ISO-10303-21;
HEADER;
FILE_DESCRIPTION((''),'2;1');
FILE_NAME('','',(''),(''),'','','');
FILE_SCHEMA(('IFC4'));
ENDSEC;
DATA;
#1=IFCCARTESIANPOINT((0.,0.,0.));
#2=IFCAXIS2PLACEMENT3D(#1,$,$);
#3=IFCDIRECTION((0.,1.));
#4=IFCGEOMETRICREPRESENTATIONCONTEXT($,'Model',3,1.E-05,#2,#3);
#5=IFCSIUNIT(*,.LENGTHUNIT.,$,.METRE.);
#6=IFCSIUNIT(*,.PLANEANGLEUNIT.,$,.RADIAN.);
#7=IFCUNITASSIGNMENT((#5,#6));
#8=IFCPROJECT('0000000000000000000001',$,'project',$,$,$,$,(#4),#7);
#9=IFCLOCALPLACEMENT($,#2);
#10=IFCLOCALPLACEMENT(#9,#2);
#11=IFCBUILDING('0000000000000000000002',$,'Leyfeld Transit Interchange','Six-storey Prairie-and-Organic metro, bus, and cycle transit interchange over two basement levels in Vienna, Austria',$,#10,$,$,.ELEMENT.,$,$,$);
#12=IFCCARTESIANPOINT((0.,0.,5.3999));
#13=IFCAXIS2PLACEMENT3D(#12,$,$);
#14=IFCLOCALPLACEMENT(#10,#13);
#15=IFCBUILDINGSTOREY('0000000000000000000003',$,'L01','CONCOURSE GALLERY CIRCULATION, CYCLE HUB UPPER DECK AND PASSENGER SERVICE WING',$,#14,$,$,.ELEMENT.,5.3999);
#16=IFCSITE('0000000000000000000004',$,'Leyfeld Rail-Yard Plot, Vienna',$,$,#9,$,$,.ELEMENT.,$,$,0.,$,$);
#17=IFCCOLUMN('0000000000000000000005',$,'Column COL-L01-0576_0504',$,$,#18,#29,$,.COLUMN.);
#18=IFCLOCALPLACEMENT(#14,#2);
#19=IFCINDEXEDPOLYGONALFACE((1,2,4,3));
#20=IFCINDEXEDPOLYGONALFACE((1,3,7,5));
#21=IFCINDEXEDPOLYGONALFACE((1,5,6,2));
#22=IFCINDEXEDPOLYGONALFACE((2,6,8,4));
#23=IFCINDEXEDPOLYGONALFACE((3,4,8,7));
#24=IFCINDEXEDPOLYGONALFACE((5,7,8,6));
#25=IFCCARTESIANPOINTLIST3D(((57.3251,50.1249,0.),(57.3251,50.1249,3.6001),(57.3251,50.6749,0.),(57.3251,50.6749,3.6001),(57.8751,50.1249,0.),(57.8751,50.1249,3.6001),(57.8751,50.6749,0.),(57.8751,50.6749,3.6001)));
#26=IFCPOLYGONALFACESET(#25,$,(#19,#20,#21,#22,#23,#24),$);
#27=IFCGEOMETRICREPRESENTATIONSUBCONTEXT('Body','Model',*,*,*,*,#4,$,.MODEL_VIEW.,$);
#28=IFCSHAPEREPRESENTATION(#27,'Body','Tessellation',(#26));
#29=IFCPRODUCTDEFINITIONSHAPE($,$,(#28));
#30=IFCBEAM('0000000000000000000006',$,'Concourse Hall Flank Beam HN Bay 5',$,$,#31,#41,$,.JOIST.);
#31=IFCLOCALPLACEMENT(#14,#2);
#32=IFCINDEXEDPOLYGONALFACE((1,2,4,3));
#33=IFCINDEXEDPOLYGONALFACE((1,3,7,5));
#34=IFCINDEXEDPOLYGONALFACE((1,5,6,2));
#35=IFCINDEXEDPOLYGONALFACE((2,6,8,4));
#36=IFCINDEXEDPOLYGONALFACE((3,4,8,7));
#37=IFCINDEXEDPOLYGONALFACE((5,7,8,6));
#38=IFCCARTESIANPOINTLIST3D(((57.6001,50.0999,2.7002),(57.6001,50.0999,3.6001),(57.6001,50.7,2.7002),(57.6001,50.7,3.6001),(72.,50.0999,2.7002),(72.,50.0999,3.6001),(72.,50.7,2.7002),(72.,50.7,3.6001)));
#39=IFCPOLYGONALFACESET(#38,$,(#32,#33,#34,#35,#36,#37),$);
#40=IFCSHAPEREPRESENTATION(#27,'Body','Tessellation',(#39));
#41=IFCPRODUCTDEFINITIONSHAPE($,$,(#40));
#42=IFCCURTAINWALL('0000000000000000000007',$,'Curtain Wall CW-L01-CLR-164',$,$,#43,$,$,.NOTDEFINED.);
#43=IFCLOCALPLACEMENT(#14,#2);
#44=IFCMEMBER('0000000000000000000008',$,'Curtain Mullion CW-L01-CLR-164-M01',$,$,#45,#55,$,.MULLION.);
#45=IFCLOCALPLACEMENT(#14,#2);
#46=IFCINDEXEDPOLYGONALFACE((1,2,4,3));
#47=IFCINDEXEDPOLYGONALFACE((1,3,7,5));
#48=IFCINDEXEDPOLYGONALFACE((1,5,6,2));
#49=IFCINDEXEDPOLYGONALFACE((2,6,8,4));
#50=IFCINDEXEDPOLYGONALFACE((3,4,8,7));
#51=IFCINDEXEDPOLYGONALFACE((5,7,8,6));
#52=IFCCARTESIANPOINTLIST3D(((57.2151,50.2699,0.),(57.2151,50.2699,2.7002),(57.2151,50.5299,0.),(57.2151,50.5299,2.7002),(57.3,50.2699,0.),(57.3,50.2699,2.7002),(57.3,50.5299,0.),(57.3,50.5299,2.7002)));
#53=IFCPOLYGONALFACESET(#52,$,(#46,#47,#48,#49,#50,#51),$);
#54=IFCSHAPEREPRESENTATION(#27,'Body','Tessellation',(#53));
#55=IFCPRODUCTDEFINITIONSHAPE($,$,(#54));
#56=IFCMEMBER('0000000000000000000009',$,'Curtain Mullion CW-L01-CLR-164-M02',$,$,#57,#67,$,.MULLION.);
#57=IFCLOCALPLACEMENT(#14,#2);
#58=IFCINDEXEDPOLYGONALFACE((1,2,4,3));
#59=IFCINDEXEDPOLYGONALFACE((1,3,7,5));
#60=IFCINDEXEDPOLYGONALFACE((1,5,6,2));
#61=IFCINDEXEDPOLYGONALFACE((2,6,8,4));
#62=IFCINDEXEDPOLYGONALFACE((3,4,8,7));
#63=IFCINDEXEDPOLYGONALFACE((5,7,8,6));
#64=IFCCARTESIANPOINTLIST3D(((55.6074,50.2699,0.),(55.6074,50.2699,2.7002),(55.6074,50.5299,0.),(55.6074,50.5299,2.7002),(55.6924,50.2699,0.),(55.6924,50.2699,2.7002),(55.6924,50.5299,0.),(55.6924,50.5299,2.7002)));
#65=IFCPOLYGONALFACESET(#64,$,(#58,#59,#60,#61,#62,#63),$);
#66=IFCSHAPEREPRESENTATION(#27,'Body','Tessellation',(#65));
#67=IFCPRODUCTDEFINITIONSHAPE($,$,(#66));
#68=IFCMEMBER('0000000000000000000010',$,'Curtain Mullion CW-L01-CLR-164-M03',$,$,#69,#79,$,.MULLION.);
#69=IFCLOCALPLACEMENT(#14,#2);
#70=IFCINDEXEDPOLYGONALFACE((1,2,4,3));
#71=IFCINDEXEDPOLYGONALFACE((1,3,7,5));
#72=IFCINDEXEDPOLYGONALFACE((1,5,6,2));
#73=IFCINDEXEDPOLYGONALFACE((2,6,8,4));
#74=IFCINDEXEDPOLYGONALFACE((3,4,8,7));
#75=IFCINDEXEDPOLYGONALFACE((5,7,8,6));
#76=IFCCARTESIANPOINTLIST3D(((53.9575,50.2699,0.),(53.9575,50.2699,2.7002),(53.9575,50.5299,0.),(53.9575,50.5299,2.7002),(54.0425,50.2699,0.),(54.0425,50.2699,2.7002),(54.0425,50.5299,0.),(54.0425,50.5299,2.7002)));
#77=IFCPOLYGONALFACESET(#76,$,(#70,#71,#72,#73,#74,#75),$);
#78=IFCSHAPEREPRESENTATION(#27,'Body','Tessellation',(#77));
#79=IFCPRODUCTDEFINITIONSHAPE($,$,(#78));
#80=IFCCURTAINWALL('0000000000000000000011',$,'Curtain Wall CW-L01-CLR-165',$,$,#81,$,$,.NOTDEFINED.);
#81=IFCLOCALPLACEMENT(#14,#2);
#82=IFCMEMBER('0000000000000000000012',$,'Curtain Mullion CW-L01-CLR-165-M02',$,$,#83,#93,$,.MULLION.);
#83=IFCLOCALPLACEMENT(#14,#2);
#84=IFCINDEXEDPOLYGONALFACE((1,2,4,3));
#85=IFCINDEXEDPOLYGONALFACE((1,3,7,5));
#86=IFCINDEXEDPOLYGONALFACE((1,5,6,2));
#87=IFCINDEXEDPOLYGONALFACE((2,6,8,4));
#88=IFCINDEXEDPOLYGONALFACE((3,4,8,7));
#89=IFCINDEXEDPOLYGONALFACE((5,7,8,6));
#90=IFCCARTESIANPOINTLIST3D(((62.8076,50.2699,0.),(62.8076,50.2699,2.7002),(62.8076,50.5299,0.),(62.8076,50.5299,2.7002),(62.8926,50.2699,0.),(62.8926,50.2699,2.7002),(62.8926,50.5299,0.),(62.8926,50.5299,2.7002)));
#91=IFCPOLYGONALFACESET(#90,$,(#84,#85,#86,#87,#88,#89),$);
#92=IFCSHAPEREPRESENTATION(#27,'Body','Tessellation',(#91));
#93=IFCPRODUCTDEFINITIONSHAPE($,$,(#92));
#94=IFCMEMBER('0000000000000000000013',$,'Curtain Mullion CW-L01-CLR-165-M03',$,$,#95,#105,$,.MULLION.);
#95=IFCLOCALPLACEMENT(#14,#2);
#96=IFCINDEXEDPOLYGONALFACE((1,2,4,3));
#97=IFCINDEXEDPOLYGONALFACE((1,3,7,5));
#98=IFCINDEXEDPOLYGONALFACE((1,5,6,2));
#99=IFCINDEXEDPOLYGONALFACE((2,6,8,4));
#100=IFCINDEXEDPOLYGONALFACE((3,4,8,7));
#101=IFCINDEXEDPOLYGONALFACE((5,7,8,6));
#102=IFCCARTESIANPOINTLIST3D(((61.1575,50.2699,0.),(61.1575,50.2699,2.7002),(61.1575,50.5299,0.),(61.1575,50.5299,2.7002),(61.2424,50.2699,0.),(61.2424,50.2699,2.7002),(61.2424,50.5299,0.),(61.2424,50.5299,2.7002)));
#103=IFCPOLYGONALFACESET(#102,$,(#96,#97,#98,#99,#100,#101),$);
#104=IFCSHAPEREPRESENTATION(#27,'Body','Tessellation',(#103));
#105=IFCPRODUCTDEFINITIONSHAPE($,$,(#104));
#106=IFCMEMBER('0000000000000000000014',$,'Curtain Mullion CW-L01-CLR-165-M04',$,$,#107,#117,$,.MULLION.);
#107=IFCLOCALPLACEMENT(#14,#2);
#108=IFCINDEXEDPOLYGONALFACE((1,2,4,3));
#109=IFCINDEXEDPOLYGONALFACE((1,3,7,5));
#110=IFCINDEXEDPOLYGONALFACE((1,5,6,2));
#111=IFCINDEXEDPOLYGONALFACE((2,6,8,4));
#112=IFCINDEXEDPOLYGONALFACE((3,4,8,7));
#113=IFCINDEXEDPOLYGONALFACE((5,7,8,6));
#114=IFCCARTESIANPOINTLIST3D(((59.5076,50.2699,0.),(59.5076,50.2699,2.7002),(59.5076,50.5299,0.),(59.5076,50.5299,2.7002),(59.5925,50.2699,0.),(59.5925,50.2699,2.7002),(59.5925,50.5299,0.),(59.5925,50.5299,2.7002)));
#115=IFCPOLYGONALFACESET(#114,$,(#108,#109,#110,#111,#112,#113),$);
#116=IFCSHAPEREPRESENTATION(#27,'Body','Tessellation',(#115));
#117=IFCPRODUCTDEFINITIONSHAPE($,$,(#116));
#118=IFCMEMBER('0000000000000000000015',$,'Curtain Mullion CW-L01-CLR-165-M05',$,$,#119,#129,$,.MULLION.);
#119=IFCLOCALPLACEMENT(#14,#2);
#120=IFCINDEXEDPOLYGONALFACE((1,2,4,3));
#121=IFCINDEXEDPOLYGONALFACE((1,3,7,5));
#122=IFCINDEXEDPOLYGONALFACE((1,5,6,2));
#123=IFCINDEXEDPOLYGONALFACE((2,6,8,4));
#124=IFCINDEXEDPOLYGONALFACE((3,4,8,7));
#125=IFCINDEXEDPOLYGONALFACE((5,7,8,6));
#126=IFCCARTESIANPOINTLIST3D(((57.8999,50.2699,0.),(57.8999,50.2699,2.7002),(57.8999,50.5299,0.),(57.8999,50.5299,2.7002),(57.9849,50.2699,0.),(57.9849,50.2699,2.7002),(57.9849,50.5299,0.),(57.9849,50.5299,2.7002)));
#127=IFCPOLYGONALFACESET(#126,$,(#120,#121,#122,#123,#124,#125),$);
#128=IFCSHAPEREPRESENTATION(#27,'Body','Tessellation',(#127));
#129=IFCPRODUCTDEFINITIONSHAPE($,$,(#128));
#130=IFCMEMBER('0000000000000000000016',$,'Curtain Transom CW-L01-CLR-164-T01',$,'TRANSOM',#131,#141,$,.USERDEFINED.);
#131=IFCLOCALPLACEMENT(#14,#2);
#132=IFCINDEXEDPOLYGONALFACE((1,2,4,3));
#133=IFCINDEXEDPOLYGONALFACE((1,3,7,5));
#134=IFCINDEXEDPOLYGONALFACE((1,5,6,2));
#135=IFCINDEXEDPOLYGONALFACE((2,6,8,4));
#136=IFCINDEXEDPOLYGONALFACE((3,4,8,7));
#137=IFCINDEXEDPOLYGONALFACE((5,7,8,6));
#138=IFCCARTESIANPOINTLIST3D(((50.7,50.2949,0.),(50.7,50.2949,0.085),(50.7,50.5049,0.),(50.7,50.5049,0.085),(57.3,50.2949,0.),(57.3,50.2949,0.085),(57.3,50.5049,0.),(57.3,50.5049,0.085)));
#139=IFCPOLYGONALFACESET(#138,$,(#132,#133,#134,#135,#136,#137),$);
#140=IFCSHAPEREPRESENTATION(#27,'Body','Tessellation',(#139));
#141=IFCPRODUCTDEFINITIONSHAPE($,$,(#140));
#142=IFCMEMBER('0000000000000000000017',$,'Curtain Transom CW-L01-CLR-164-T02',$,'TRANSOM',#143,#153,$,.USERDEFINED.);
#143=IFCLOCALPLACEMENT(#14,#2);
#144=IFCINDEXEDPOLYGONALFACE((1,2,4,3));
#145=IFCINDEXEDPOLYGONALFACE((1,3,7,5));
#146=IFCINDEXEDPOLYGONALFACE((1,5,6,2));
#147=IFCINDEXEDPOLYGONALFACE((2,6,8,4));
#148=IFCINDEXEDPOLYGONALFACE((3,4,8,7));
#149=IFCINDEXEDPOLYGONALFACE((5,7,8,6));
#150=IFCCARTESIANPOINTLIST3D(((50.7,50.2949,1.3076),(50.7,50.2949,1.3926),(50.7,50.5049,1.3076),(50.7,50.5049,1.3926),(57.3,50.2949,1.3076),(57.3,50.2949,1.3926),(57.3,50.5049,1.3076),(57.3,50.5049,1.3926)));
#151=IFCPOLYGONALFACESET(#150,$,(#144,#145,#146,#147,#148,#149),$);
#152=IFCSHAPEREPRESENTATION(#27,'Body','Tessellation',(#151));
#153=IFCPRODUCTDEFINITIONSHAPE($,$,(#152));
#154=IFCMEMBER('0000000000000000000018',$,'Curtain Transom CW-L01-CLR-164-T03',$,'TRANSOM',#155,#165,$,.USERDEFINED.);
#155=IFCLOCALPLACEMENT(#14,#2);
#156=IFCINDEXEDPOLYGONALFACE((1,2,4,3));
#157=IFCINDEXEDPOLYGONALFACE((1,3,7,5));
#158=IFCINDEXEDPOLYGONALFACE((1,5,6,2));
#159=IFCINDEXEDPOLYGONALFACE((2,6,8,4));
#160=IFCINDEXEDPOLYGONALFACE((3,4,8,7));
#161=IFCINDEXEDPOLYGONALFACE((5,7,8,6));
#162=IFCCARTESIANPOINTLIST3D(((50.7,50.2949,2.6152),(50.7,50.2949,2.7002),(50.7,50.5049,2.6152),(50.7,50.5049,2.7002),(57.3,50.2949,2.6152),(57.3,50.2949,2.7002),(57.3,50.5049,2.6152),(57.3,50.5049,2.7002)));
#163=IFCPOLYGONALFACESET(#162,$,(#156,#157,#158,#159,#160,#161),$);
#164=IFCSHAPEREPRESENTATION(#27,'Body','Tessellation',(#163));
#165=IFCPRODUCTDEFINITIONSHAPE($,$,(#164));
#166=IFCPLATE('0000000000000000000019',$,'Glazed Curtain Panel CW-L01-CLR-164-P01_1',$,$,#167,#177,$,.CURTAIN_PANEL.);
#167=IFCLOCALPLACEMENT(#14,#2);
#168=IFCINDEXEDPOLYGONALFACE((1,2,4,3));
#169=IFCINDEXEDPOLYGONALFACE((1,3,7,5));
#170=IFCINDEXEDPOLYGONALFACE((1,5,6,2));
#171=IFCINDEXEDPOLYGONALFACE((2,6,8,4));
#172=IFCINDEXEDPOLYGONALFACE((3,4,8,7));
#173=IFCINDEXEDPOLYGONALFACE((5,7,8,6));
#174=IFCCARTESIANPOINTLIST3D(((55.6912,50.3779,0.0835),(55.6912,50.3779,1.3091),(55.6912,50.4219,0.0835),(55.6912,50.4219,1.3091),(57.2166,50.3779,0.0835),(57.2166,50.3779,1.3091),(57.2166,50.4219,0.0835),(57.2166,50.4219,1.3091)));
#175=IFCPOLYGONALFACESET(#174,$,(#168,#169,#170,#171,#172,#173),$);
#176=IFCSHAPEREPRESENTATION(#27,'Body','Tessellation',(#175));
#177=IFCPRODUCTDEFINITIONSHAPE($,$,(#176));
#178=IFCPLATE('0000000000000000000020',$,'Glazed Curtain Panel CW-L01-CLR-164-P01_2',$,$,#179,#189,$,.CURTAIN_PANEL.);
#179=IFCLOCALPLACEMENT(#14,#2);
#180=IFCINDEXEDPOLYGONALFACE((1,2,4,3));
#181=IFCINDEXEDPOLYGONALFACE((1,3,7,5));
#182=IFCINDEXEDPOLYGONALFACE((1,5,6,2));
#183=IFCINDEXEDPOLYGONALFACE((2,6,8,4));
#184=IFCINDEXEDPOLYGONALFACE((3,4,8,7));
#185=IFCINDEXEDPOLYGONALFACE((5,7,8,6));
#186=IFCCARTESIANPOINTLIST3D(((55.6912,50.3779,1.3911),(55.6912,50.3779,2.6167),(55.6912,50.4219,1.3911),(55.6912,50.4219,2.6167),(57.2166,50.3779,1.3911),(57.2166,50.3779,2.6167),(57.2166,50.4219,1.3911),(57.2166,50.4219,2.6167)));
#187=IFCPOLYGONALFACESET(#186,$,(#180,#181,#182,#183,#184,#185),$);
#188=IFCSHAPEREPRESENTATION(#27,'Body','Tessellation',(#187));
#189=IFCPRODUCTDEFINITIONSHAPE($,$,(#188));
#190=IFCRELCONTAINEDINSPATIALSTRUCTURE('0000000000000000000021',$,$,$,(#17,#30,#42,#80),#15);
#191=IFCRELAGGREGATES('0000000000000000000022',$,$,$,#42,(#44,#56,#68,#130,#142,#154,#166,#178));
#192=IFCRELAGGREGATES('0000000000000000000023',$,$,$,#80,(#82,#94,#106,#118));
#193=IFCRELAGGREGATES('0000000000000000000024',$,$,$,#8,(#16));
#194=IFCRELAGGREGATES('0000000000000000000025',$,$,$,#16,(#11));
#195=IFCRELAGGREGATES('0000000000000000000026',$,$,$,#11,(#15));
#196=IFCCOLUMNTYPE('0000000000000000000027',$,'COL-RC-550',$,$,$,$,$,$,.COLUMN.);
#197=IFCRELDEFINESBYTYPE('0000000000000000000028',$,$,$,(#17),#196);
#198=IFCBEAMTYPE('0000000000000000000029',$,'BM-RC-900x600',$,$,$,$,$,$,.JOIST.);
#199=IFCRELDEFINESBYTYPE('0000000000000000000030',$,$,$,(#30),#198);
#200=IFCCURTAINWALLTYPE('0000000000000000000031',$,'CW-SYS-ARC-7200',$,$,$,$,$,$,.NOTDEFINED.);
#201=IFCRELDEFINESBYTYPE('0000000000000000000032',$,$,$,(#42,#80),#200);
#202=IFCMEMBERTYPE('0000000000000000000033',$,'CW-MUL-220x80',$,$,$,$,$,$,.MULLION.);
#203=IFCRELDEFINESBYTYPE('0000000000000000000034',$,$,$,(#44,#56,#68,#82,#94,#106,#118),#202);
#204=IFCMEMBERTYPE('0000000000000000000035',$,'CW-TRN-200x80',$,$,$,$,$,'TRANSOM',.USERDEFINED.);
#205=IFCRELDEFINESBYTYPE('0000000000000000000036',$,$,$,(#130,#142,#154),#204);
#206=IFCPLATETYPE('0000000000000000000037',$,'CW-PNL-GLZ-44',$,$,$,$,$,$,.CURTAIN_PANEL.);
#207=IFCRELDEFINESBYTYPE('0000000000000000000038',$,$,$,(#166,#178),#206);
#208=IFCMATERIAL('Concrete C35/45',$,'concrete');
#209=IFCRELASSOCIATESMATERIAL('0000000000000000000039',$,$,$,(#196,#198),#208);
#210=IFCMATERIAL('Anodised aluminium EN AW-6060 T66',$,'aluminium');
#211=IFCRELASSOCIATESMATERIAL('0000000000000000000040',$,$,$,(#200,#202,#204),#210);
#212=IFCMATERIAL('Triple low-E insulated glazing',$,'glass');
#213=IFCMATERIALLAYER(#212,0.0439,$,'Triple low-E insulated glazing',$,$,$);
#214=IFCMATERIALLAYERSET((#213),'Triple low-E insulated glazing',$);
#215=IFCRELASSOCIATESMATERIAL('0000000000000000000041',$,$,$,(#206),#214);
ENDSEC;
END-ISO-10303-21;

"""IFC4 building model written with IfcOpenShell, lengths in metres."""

from ifc_helpers import new_model, si_unit, direction, frame, origin, origin_2d, place, context, subcontext, project, spatial, rectangle, extrude, material, layer, layer_set, material_profile, profile_set, type_object, element, aggregate, save


model = new_model("IFC4")

# Units and contexts
model_context = context("Model", 3, precision=1e-05, world=origin(), true_north=direction((0.0, 1.0)))
body_context = subcontext(model_context, "Body", "Model", "MODEL_VIEW")
ifc_project = project(units=[si_unit("LENGTHUNIT", "METRE"), si_unit("PLANEANGLEUNIT", "RADIAN")], contexts=[model_context])

# Site, building, storey
site_placement = place(None, origin())
site = spatial("IfcSite", under=ifc_project, at=site_placement, Name="Leyfeld Rail-Yard Plot, Vienna", CompositionType="ELEMENT", RefElevation=0.0)
building_placement = place(site_placement, origin())
building = spatial("IfcBuilding", under=site, at=building_placement, Name="Leyfeld Transit Interchange", Description="Six-storey Prairie-and-Organic metro, bus, and cycle transit interchange over two basement levels in Vienna, Austria", CompositionType="ELEMENT")
storey_placement = place(building_placement, frame((0.0, 0.0, 5.3999)))
storey = spatial("IfcBuildingStorey", under=building, at=storey_placement, Name="L01", Description="CONCOURSE GALLERY CIRCULATION, CYCLE HUB UPPER DECK AND PASSENGER SERVICE WING", CompositionType="ELEMENT", Elevation=5.3999)

# Column
ifc_material_1 = material(Name="Concrete C35/45", Category="concrete")
ifc_material_profile_1 = material_profile(ifc_material_1, rectangle(XDim=0.55, YDim=0.55, at=origin_2d()), Name="RC 550x550")
ifc_profile_set_1 = profile_set([ifc_material_profile_1], Name="Concrete C35/45")
column_type = type_object("IfcColumnType", Name="COL-RC-550", PredefinedType="COLUMN", material=ifc_profile_set_1)
column_placement = place(storey_placement, frame((57.6001, 50.3999, 0.0), z_axis=(0.0, 0.0, 1.0), x_axis=(1.0, 0.0, 0.0)))
element("IfcColumn", 1, at=column_placement, inside=storey, type_object=column_type, Name="Column COL-L01-0576_0504", PredefinedType="COLUMN", context=body_context, shape_type="SweptSolid", body=[
    extrude(rectangle(XDim=0.55, YDim=0.55, at=origin_2d()), origin(), (0.0, 0.0, 1.0), 3.6001),
])

# Beam
ifc_material_profile_2 = material_profile(ifc_material_1, rectangle(XDim=0.6001, YDim=0.8999, at=origin_2d()), Name="RC 900x600")
ifc_profile_set_2 = profile_set([ifc_material_profile_2], Name="Concrete C35/45")
beam_type = type_object("IfcBeamType", Name="BM-RC-900x600", PredefinedType="JOIST", material=ifc_profile_set_2)
beam_placement = place(storey_placement, frame((57.6001, 50.3999, 3.1501), z_axis=(1.0, 0.0, 0.0), x_axis=(0.0, 1.0, 0.0)))
element("IfcBeam", 2, at=beam_placement, inside=storey, type_object=beam_type, Name="Concourse Hall Flank Beam HN Bay 5", PredefinedType="JOIST", context=body_context, shape_type="SweptSolid", body=[
    extrude(rectangle(XDim=0.6001, YDim=0.8999, at=origin_2d()), origin(), (0.0, 0.0, 1.0), 14.3999),
])

# Curtain walls, members
ifc_material_2 = material(Name="Anodised aluminium EN AW-6060 T66", Category="aluminium")
curtain_wall_type = type_object("IfcCurtainWallType", Name="CW-SYS-ARC-7200", PredefinedType="NOTDEFINED", material=ifc_material_2)
curtain_wall_1_placement = place(storey_placement, origin())
curtain_wall_1 = element("IfcCurtainWall", 3, at=curtain_wall_1_placement, inside=storey, type_object=curtain_wall_type, Name="Curtain Wall CW-L01-CLR-164", PredefinedType="NOTDEFINED")
ifc_material_profile_3 = material_profile(ifc_material_2, rectangle(XDim=0.085, YDim=0.26, at=origin_2d()), Name="CW-M 85x260")
ifc_profile_set_3 = profile_set([ifc_material_profile_3], Name="Anodised aluminium EN AW-6060 T66")
member_type_1 = type_object("IfcMemberType", Name="CW-MUL-220x80", PredefinedType="MULLION", material=ifc_profile_set_3)
member_1_placement = place(storey_placement, frame((57.2576, 50.3999, 0.0), z_axis=(0.0, 0.0, 1.0), x_axis=(-1.0, 0.0, 0.0)))
member_1 = element("IfcMember", 4, at=member_1_placement, type_object=member_type_1, Name="Curtain Mullion CW-L01-CLR-164-M01", PredefinedType="MULLION", context=body_context, shape_type="SweptSolid", body=[
    extrude(rectangle(XDim=0.085, YDim=0.26, at=origin_2d()), origin(), (0.0, 0.0, 1.0), 2.7002),
])
member_2_placement = place(storey_placement, frame((55.6499, 50.3999, 0.0), z_axis=(0.0, 0.0, 1.0), x_axis=(-1.0, 0.0, 0.0)))
member_2 = element("IfcMember", 5, at=member_2_placement, type_object=member_type_1, Name="Curtain Mullion CW-L01-CLR-164-M02", PredefinedType="MULLION", context=body_context, shape_type="SweptSolid", body=[
    extrude(rectangle(XDim=0.085, YDim=0.26, at=origin_2d()), origin(), (0.0, 0.0, 1.0), 2.7002),
])
member_3_placement = place(storey_placement, frame((54.0, 50.3999, 0.0), z_axis=(0.0, 0.0, 1.0), x_axis=(-1.0, 0.0, 0.0)))
member_3 = element("IfcMember", 6, at=member_3_placement, type_object=member_type_1, Name="Curtain Mullion CW-L01-CLR-164-M03", PredefinedType="MULLION", context=body_context, shape_type="SweptSolid", body=[
    extrude(rectangle(XDim=0.085, YDim=0.26, at=origin_2d()), origin(), (0.0, 0.0, 1.0), 2.7002),
])
curtain_wall_2_placement = place(storey_placement, origin())
curtain_wall_2 = element("IfcCurtainWall", 7, at=curtain_wall_2_placement, inside=storey, type_object=curtain_wall_type, Name="Curtain Wall CW-L01-CLR-165", PredefinedType="NOTDEFINED")
member_4_placement = place(storey_placement, frame((62.8501, 50.3999, 0.0), z_axis=(0.0, 0.0, 1.0), x_axis=(-1.0, 0.0, 0.0)))
member_4 = element("IfcMember", 8, at=member_4_placement, type_object=member_type_1, Name="Curtain Mullion CW-L01-CLR-165-M02", PredefinedType="MULLION", context=body_context, shape_type="SweptSolid", body=[
    extrude(rectangle(XDim=0.085, YDim=0.26, at=origin_2d()), origin(), (0.0, 0.0, 1.0), 2.7002),
])
member_5_placement = place(storey_placement, frame((61.2, 50.3999, 0.0), z_axis=(0.0, 0.0, 1.0), x_axis=(-1.0, 0.0, 0.0)))
member_5 = element("IfcMember", 9, at=member_5_placement, type_object=member_type_1, Name="Curtain Mullion CW-L01-CLR-165-M03", PredefinedType="MULLION", context=body_context, shape_type="SweptSolid", body=[
    extrude(rectangle(XDim=0.085, YDim=0.26, at=origin_2d()), origin(), (0.0, 0.0, 1.0), 2.7002),
])
member_6_placement = place(storey_placement, frame((59.55, 50.3999, 0.0), z_axis=(0.0, 0.0, 1.0), x_axis=(-1.0, 0.0, 0.0)))
member_6 = element("IfcMember", 10, at=member_6_placement, type_object=member_type_1, Name="Curtain Mullion CW-L01-CLR-165-M04", PredefinedType="MULLION", context=body_context, shape_type="SweptSolid", body=[
    extrude(rectangle(XDim=0.085, YDim=0.26, at=origin_2d()), origin(), (0.0, 0.0, 1.0), 2.7002),
])
member_7_placement = place(storey_placement, frame((57.9424, 50.3999, 0.0), z_axis=(0.0, 0.0, 1.0), x_axis=(-1.0, 0.0, 0.0)))
member_7 = element("IfcMember", 11, at=member_7_placement, type_object=member_type_1, Name="Curtain Mullion CW-L01-CLR-165-M05", PredefinedType="MULLION", context=body_context, shape_type="SweptSolid", body=[
    extrude(rectangle(XDim=0.085, YDim=0.26, at=origin_2d()), origin(), (0.0, 0.0, 1.0), 2.7002),
])

# Members
ifc_material_profile_4 = material_profile(ifc_material_2, rectangle(XDim=0.21, YDim=0.085, at=origin_2d()), Name="CW-TRN-200x80")
ifc_profile_set_4 = profile_set([ifc_material_profile_4], Name="Anodised aluminium EN AW-6060 T66")
member_type_2 = type_object("IfcMemberType", Name="CW-TRN-200x80", ElementType="TRANSOM", PredefinedType="USERDEFINED", material=ifc_profile_set_4)
member_8_placement = place(storey_placement, frame((57.3, 50.3999, 0.0425), z_axis=(-1.0, 0.0, 0.0), x_axis=(0.0, -1.0, 0.0)))
member_8 = element("IfcMember", 12, at=member_8_placement, type_object=member_type_2, Name="Curtain Transom CW-L01-CLR-164-T01", ObjectType="TRANSOM", PredefinedType="USERDEFINED", context=body_context, shape_type="SweptSolid", body=[
    extrude(rectangle(XDim=0.21, YDim=0.085, at=origin_2d()), origin(), (0.0, 0.0, 1.0), 6.6001),
])
member_9_placement = place(storey_placement, frame((57.3, 50.3999, 1.3501), z_axis=(-1.0, 0.0, 0.0), x_axis=(0.0, -1.0, 0.0)))
member_9 = element("IfcMember", 13, at=member_9_placement, type_object=member_type_2, Name="Curtain Transom CW-L01-CLR-164-T02", ObjectType="TRANSOM", PredefinedType="USERDEFINED", context=body_context, shape_type="SweptSolid", body=[
    extrude(rectangle(XDim=0.21, YDim=0.085, at=origin_2d()), origin(), (0.0, 0.0, 1.0), 6.6001),
])
member_10_placement = place(storey_placement, frame((57.3, 50.3999, 2.6577), z_axis=(-1.0, 0.0, 0.0), x_axis=(0.0, -1.0, 0.0)))
member_10 = element("IfcMember", 14, at=member_10_placement, type_object=member_type_2, Name="Curtain Transom CW-L01-CLR-164-T03", ObjectType="TRANSOM", PredefinedType="USERDEFINED", context=body_context, shape_type="SweptSolid", body=[
    extrude(rectangle(XDim=0.21, YDim=0.085, at=origin_2d()), origin(), (0.0, 0.0, 1.0), 6.6001),
])

# Plates
ifc_material_3 = material(Name="Triple low-E insulated glazing", Category="glass")
ifc_layer = layer(ifc_material_3, 0.0439, Name="Triple low-E insulated glazing")
ifc_layer_set = layer_set([ifc_layer], Name="Triple low-E insulated glazing")
plate_type = type_object("IfcPlateType", Name="CW-PNL-GLZ-44", PredefinedType="CURTAIN_PANEL", material=ifc_layer_set)
plate_1_placement = place(storey_placement, frame((56.4539, 50.3999, 0.0835), z_axis=(0.0, 0.0, 1.0), x_axis=(-1.0, 0.0, 0.0)))
plate_1 = element("IfcPlate", 15, at=plate_1_placement, type_object=plate_type, Name="Glazed Curtain Panel CW-L01-CLR-164-P01_1", PredefinedType="CURTAIN_PANEL", context=body_context, shape_type="SweptSolid", body=[
    extrude(rectangle(XDim=1.5254, YDim=0.0439, at=origin_2d()), origin(), (0.0, 0.0, 1.0), 1.2256),
])
plate_2_placement = place(storey_placement, frame((56.4539, 50.3999, 1.3911), z_axis=(0.0, 0.0, 1.0), x_axis=(-1.0, 0.0, 0.0)))
plate_2 = element("IfcPlate", 16, at=plate_2_placement, type_object=plate_type, Name="Glazed Curtain Panel CW-L01-CLR-164-P01_2", PredefinedType="CURTAIN_PANEL", context=body_context, shape_type="SweptSolid", body=[
    extrude(rectangle(XDim=1.5254, YDim=0.0439, at=origin_2d()), origin(), (0.0, 0.0, 1.0), 1.2256),
])
aggregate(curtain_wall_1, [member_1, member_2, member_3, member_8, member_9, member_10, plate_1, plate_2])
aggregate(curtain_wall_2, [member_4, member_5, member_6, member_7])

save(model, "model.ifc")
